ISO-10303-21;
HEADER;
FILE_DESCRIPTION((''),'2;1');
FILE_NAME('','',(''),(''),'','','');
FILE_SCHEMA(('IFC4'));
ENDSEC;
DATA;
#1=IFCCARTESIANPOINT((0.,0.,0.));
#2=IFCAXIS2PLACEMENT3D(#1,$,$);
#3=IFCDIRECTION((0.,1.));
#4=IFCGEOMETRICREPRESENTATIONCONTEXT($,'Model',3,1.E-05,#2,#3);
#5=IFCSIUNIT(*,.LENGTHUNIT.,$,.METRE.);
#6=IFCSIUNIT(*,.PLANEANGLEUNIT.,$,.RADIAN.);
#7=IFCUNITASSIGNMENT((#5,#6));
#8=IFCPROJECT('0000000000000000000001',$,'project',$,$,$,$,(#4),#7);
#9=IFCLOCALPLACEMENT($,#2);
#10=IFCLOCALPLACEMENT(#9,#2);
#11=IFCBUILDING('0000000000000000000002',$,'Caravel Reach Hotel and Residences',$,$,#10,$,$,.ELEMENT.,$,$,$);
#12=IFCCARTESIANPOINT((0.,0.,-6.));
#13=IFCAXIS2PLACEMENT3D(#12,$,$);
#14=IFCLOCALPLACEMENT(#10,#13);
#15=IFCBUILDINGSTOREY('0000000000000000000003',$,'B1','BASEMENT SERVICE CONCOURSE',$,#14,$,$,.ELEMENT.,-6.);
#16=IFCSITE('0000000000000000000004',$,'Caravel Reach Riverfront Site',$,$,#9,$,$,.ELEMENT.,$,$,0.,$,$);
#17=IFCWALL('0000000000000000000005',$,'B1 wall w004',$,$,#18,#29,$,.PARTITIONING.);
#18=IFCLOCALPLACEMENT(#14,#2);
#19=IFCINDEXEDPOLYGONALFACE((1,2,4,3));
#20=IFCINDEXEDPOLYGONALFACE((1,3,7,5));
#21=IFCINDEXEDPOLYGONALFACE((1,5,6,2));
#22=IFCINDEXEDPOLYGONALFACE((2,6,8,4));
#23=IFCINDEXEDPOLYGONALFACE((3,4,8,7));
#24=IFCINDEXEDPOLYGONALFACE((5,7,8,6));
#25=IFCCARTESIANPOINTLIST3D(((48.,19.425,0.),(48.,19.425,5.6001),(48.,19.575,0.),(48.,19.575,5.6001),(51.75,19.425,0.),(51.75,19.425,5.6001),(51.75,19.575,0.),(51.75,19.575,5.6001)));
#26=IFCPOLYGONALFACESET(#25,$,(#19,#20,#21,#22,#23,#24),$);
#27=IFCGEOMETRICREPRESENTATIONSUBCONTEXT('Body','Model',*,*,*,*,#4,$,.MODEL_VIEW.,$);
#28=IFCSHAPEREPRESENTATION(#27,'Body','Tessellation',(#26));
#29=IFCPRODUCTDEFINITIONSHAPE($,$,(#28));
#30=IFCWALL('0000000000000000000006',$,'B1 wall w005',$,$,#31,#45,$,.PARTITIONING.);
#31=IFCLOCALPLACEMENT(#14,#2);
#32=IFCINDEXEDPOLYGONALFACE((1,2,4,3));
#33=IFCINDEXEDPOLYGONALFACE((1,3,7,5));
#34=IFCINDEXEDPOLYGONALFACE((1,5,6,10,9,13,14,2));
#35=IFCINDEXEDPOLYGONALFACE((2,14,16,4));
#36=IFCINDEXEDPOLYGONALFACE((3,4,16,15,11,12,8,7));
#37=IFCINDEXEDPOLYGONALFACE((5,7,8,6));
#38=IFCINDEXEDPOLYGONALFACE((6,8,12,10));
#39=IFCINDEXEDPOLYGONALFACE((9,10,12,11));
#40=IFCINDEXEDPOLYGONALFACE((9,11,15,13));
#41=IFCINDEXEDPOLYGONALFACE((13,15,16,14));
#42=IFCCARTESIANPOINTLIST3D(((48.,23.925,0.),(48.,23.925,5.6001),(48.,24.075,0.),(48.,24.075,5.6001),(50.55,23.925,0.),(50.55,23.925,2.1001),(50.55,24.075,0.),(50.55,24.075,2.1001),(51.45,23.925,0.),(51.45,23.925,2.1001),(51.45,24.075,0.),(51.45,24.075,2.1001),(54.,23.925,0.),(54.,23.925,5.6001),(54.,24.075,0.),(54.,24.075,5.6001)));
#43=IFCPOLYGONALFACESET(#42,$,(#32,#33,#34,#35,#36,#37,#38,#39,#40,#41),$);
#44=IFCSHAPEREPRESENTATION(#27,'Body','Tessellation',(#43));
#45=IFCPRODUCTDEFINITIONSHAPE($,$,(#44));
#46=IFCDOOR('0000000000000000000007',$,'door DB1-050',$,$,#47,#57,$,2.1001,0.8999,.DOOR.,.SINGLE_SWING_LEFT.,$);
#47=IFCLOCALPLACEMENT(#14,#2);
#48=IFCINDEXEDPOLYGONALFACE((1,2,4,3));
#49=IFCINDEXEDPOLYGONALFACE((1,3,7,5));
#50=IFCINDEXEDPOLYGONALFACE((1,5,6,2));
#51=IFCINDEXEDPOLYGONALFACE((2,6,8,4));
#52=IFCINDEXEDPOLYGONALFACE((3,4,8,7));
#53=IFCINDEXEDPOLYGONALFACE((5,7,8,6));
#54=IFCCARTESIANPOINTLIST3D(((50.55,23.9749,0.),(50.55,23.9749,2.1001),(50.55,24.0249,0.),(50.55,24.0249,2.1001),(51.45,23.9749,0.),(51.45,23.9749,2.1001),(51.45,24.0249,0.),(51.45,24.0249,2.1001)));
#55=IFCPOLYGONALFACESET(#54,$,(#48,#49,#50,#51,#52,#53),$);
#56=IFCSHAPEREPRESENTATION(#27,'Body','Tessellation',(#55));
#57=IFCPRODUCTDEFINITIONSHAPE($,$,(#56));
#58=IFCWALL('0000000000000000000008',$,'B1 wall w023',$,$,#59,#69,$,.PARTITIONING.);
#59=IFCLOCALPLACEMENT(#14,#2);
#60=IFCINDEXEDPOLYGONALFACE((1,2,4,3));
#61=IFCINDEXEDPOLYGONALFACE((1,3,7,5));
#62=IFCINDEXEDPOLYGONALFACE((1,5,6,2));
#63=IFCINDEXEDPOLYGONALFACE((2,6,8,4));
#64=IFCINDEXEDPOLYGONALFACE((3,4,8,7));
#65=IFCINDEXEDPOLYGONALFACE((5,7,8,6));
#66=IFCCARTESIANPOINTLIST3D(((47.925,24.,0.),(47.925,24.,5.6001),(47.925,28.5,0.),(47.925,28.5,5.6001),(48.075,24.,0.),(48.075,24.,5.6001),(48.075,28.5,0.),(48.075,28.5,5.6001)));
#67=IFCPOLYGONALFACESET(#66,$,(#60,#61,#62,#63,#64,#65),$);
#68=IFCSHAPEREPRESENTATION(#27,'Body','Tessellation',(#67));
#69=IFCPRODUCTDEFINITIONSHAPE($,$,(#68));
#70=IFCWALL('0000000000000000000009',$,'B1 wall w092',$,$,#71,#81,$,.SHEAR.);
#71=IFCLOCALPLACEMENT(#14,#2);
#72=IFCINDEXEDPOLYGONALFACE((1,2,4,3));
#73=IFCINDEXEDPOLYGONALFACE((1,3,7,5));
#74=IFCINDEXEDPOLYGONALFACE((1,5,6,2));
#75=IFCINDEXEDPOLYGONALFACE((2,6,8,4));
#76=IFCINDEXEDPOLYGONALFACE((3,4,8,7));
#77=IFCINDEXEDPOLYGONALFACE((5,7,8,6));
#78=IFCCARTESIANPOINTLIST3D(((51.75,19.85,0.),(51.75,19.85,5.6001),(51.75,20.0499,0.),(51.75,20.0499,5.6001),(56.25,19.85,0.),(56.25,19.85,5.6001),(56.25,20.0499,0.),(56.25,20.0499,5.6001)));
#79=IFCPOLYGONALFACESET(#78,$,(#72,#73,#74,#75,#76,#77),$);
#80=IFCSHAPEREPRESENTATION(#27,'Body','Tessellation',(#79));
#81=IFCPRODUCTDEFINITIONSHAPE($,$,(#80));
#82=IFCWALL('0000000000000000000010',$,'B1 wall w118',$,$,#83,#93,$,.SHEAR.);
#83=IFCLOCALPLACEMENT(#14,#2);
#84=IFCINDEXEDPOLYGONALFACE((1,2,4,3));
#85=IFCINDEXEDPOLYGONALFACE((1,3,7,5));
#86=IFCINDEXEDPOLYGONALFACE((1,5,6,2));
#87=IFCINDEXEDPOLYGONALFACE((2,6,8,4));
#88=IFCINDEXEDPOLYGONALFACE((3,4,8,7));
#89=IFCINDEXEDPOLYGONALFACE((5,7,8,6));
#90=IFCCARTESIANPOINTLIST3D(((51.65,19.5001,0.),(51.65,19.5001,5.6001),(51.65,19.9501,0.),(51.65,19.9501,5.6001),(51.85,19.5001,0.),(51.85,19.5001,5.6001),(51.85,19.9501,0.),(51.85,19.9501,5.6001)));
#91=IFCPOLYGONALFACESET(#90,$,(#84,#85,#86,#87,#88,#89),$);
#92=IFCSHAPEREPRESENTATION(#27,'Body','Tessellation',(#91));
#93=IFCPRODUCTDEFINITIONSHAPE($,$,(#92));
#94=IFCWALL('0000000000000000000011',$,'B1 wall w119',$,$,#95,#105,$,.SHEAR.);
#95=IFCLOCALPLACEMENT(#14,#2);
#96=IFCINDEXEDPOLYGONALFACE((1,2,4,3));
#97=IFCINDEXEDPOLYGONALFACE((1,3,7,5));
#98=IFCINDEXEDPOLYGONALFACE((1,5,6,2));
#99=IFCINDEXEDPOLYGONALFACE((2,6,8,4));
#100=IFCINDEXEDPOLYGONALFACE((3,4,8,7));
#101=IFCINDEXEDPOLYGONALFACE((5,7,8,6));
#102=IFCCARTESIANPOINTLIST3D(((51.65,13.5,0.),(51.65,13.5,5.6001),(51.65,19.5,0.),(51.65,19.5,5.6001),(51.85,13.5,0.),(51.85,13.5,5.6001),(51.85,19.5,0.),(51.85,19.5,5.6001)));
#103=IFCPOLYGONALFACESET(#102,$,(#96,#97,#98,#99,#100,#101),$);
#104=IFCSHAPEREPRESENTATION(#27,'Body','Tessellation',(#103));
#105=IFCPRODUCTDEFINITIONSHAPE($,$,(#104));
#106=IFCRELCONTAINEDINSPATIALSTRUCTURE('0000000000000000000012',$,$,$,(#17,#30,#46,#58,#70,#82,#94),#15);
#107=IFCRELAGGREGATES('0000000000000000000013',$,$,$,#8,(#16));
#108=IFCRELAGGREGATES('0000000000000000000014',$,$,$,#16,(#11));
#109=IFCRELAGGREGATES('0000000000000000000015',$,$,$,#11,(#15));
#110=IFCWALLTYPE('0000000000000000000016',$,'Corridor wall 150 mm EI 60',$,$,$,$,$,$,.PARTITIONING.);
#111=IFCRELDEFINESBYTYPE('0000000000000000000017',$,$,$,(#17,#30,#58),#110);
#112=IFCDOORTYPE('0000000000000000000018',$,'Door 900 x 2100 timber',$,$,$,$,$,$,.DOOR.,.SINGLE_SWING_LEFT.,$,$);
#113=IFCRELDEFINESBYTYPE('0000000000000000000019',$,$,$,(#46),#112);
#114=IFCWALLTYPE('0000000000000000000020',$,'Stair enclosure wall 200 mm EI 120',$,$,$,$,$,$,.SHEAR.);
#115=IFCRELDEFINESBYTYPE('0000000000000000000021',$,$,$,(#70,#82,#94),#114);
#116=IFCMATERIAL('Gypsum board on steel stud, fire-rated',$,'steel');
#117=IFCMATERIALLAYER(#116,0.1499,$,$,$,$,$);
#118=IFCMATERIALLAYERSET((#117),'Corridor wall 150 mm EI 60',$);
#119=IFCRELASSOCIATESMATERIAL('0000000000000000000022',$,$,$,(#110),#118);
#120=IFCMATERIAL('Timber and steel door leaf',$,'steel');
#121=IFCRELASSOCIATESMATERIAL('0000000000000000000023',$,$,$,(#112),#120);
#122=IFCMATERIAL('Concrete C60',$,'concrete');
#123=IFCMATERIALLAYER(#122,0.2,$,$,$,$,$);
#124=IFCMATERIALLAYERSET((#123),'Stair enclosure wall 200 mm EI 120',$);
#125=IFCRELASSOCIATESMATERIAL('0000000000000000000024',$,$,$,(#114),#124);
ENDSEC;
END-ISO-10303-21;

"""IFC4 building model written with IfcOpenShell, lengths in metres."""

from ifc_helpers import new_model, si_unit, direction, frame, frame_2d, origin, place, context, subcontext, project, spatial, rectangle, extrude, material, layer, layer_set, type_object, element, fill, save


model = new_model("IFC4")

# Units and contexts
model_context = context("Model", 3, precision=1e-05, world=origin(), true_north=direction((0.0, 1.0)))
body_context = subcontext(model_context, "Body", "Model", "MODEL_VIEW")
ifc_project = project(units=[si_unit("LENGTHUNIT", "METRE"), si_unit("PLANEANGLEUNIT", "RADIAN")], contexts=[model_context])

# Site, building, storey
site_placement = place(None, origin())
site = spatial("IfcSite", under=ifc_project, at=site_placement, Name="Caravel Reach Riverfront Site", CompositionType="ELEMENT", RefElevation=0.0)
building_placement = place(site_placement, origin())
building = spatial("IfcBuilding", under=site, at=building_placement, Name="Caravel Reach Hotel and Residences", CompositionType="ELEMENT")
storey_placement = place(building_placement, frame((0.0, 0.0, -6.0)))
storey = spatial("IfcBuildingStorey", under=building, at=storey_placement, Name="B1", Description="BASEMENT SERVICE CONCOURSE", CompositionType="ELEMENT", Elevation=-6.0)

# Wall
ifc_material_1 = material(Name="Gypsum board on steel stud, fire-rated", Category="steel")
ifc_layer_1 = layer(ifc_material_1, 0.1499)
ifc_layer_set_1 = layer_set([ifc_layer_1], Name="Corridor wall 150 mm EI 60")
wall_type_1 = type_object("IfcWallType", Name="Corridor wall 150 mm EI 60", PredefinedType="PARTITIONING", material=ifc_layer_set_1)
wall_1_placement = place(storey_placement, frame((48.0, 19.5, 0.0), z_axis=(0.0, 0.0, 1.0), x_axis=(1.0, 0.0, 0.0)))
element("IfcWall", 1, at=wall_1_placement, inside=storey, type_object=wall_type_1, Name="B1 wall w004", PredefinedType="PARTITIONING", context=body_context, shape_type="SweptSolid", body=[
    extrude(rectangle(XDim=3.75, YDim=0.1499, at=frame_2d((1.875, 0.0))), origin(), (0.0, 0.0, 1.0), 5.6001),
])

# Wall, opening, door
wall_2_placement = place(storey_placement, frame((48.0, 24.0, 0.0), z_axis=(0.0, 0.0, 1.0), x_axis=(1.0, 0.0, 0.0)))
wall_2 = element("IfcWall", 2, at=wall_2_placement, inside=storey, type_object=wall_type_1, Name="B1 wall w005", PredefinedType="PARTITIONING", context=body_context, shape_type="SweptSolid", body=[
    extrude(rectangle(XDim=6.0, YDim=0.1499, at=frame_2d((3.0, 0.0))), origin(), (0.0, 0.0, 1.0), 5.6001),
])
opening_1_placement = place(wall_2_placement, frame((2.55, 0.0, 0.0)))
opening_1 = element("IfcOpeningElement", 3, at=opening_1_placement, cuts=wall_2, PredefinedType="OPENING", context=body_context, shape_type="SweptSolid", body=[
    extrude(rectangle(XDim=0.8999, YDim=2.1001, at=frame_2d((0.45, 1.05))), frame((0.0, 0.085, 0.0), z_axis=(0.0, -1.0, 0.0), x_axis=(1.0, 0.0, 0.0)), (0.0, 0.0, 1.0), 0.1699),
])
ifc_material_2 = material(Name="Timber and steel door leaf", Category="steel")
door_type_1 = type_object("IfcDoorType", Name="Door 900 x 2100 timber", OperationType="SINGLE_SWING_LEFT", PredefinedType="DOOR", material=ifc_material_2)
door_1_placement = place(opening_1_placement, origin())
door_1 = element("IfcDoor", 4, at=door_1_placement, inside=storey, type_object=door_type_1, Name="door DB1-050", OperationType="SINGLE_SWING_LEFT", OverallHeight=2.1001, OverallWidth=0.8999, PredefinedType="DOOR", context=body_context, shape_type="SweptSolid", body=[
    extrude(rectangle(XDim=0.8999, YDim=2.1001, at=frame_2d((0.45, 1.05))), frame((0.0, 0.0249, 0.0), z_axis=(0.0, -1.0, 0.0), x_axis=(1.0, 0.0, 0.0)), (0.0, 0.0, 1.0), 0.05),
])
fill(opening_1, door_1)

# Walls
wall_3_placement = place(storey_placement, frame((48.0, 24.0, 0.0), z_axis=(0.0, 0.0, 1.0), x_axis=(0.0, 1.0, 0.0)))
element("IfcWall", 5, at=wall_3_placement, inside=storey, type_object=wall_type_1, Name="B1 wall w023", PredefinedType="PARTITIONING", context=body_context, shape_type="SweptSolid", body=[
    extrude(rectangle(XDim=4.5, YDim=0.1499, at=frame_2d((2.25, 0.0))), origin(), (0.0, 0.0, 1.0), 5.6001),
])
ifc_material_3 = material(Name="Concrete C60", Category="concrete")
ifc_layer_2 = layer(ifc_material_3, 0.2)
ifc_layer_set_2 = layer_set([ifc_layer_2], Name="Stair enclosure wall 200 mm EI 120")
wall_type_2 = type_object("IfcWallType", Name="Stair enclosure wall 200 mm EI 120", PredefinedType="SHEAR", material=ifc_layer_set_2)
wall_4_placement = place(storey_placement, frame((51.75, 19.95, 0.0), z_axis=(0.0, 0.0, 1.0), x_axis=(1.0, 0.0, 0.0)))
element("IfcWall", 6, at=wall_4_placement, inside=storey, type_object=wall_type_2, Name="B1 wall w092", PredefinedType="SHEAR", context=body_context, shape_type="SweptSolid", body=[
    extrude(rectangle(XDim=4.5, YDim=0.2, at=frame_2d((2.25, 0.0))), origin(), (0.0, 0.0, 1.0), 5.6001),
])
wall_5_placement = place(storey_placement, frame((51.75, 19.5, 0.0), z_axis=(0.0, 0.0, 1.0), x_axis=(0.0, 1.0, 0.0)))
element("IfcWall", 7, at=wall_5_placement, inside=storey, type_object=wall_type_2, Name="B1 wall w118", PredefinedType="SHEAR", context=body_context, shape_type="SweptSolid", body=[
    extrude(rectangle(XDim=0.45, YDim=0.2, at=frame_2d((0.2251, 0.0))), origin(), (0.0, 0.0, 1.0), 5.6001),
])
wall_6_placement = place(storey_placement, frame((51.75, 13.5, 0.0), z_axis=(0.0, 0.0, 1.0), x_axis=(0.0, 1.0, 0.0)))
element("IfcWall", 8, at=wall_6_placement, inside=storey, type_object=wall_type_2, Name="B1 wall w119", PredefinedType="SHEAR", context=body_context, shape_type="SweptSolid", body=[
    extrude(rectangle(XDim=6.0, YDim=0.2, at=frame_2d((3.0, 0.0))), origin(), (0.0, 0.0, 1.0), 5.6001),
])

save(model, "model.ifc")
